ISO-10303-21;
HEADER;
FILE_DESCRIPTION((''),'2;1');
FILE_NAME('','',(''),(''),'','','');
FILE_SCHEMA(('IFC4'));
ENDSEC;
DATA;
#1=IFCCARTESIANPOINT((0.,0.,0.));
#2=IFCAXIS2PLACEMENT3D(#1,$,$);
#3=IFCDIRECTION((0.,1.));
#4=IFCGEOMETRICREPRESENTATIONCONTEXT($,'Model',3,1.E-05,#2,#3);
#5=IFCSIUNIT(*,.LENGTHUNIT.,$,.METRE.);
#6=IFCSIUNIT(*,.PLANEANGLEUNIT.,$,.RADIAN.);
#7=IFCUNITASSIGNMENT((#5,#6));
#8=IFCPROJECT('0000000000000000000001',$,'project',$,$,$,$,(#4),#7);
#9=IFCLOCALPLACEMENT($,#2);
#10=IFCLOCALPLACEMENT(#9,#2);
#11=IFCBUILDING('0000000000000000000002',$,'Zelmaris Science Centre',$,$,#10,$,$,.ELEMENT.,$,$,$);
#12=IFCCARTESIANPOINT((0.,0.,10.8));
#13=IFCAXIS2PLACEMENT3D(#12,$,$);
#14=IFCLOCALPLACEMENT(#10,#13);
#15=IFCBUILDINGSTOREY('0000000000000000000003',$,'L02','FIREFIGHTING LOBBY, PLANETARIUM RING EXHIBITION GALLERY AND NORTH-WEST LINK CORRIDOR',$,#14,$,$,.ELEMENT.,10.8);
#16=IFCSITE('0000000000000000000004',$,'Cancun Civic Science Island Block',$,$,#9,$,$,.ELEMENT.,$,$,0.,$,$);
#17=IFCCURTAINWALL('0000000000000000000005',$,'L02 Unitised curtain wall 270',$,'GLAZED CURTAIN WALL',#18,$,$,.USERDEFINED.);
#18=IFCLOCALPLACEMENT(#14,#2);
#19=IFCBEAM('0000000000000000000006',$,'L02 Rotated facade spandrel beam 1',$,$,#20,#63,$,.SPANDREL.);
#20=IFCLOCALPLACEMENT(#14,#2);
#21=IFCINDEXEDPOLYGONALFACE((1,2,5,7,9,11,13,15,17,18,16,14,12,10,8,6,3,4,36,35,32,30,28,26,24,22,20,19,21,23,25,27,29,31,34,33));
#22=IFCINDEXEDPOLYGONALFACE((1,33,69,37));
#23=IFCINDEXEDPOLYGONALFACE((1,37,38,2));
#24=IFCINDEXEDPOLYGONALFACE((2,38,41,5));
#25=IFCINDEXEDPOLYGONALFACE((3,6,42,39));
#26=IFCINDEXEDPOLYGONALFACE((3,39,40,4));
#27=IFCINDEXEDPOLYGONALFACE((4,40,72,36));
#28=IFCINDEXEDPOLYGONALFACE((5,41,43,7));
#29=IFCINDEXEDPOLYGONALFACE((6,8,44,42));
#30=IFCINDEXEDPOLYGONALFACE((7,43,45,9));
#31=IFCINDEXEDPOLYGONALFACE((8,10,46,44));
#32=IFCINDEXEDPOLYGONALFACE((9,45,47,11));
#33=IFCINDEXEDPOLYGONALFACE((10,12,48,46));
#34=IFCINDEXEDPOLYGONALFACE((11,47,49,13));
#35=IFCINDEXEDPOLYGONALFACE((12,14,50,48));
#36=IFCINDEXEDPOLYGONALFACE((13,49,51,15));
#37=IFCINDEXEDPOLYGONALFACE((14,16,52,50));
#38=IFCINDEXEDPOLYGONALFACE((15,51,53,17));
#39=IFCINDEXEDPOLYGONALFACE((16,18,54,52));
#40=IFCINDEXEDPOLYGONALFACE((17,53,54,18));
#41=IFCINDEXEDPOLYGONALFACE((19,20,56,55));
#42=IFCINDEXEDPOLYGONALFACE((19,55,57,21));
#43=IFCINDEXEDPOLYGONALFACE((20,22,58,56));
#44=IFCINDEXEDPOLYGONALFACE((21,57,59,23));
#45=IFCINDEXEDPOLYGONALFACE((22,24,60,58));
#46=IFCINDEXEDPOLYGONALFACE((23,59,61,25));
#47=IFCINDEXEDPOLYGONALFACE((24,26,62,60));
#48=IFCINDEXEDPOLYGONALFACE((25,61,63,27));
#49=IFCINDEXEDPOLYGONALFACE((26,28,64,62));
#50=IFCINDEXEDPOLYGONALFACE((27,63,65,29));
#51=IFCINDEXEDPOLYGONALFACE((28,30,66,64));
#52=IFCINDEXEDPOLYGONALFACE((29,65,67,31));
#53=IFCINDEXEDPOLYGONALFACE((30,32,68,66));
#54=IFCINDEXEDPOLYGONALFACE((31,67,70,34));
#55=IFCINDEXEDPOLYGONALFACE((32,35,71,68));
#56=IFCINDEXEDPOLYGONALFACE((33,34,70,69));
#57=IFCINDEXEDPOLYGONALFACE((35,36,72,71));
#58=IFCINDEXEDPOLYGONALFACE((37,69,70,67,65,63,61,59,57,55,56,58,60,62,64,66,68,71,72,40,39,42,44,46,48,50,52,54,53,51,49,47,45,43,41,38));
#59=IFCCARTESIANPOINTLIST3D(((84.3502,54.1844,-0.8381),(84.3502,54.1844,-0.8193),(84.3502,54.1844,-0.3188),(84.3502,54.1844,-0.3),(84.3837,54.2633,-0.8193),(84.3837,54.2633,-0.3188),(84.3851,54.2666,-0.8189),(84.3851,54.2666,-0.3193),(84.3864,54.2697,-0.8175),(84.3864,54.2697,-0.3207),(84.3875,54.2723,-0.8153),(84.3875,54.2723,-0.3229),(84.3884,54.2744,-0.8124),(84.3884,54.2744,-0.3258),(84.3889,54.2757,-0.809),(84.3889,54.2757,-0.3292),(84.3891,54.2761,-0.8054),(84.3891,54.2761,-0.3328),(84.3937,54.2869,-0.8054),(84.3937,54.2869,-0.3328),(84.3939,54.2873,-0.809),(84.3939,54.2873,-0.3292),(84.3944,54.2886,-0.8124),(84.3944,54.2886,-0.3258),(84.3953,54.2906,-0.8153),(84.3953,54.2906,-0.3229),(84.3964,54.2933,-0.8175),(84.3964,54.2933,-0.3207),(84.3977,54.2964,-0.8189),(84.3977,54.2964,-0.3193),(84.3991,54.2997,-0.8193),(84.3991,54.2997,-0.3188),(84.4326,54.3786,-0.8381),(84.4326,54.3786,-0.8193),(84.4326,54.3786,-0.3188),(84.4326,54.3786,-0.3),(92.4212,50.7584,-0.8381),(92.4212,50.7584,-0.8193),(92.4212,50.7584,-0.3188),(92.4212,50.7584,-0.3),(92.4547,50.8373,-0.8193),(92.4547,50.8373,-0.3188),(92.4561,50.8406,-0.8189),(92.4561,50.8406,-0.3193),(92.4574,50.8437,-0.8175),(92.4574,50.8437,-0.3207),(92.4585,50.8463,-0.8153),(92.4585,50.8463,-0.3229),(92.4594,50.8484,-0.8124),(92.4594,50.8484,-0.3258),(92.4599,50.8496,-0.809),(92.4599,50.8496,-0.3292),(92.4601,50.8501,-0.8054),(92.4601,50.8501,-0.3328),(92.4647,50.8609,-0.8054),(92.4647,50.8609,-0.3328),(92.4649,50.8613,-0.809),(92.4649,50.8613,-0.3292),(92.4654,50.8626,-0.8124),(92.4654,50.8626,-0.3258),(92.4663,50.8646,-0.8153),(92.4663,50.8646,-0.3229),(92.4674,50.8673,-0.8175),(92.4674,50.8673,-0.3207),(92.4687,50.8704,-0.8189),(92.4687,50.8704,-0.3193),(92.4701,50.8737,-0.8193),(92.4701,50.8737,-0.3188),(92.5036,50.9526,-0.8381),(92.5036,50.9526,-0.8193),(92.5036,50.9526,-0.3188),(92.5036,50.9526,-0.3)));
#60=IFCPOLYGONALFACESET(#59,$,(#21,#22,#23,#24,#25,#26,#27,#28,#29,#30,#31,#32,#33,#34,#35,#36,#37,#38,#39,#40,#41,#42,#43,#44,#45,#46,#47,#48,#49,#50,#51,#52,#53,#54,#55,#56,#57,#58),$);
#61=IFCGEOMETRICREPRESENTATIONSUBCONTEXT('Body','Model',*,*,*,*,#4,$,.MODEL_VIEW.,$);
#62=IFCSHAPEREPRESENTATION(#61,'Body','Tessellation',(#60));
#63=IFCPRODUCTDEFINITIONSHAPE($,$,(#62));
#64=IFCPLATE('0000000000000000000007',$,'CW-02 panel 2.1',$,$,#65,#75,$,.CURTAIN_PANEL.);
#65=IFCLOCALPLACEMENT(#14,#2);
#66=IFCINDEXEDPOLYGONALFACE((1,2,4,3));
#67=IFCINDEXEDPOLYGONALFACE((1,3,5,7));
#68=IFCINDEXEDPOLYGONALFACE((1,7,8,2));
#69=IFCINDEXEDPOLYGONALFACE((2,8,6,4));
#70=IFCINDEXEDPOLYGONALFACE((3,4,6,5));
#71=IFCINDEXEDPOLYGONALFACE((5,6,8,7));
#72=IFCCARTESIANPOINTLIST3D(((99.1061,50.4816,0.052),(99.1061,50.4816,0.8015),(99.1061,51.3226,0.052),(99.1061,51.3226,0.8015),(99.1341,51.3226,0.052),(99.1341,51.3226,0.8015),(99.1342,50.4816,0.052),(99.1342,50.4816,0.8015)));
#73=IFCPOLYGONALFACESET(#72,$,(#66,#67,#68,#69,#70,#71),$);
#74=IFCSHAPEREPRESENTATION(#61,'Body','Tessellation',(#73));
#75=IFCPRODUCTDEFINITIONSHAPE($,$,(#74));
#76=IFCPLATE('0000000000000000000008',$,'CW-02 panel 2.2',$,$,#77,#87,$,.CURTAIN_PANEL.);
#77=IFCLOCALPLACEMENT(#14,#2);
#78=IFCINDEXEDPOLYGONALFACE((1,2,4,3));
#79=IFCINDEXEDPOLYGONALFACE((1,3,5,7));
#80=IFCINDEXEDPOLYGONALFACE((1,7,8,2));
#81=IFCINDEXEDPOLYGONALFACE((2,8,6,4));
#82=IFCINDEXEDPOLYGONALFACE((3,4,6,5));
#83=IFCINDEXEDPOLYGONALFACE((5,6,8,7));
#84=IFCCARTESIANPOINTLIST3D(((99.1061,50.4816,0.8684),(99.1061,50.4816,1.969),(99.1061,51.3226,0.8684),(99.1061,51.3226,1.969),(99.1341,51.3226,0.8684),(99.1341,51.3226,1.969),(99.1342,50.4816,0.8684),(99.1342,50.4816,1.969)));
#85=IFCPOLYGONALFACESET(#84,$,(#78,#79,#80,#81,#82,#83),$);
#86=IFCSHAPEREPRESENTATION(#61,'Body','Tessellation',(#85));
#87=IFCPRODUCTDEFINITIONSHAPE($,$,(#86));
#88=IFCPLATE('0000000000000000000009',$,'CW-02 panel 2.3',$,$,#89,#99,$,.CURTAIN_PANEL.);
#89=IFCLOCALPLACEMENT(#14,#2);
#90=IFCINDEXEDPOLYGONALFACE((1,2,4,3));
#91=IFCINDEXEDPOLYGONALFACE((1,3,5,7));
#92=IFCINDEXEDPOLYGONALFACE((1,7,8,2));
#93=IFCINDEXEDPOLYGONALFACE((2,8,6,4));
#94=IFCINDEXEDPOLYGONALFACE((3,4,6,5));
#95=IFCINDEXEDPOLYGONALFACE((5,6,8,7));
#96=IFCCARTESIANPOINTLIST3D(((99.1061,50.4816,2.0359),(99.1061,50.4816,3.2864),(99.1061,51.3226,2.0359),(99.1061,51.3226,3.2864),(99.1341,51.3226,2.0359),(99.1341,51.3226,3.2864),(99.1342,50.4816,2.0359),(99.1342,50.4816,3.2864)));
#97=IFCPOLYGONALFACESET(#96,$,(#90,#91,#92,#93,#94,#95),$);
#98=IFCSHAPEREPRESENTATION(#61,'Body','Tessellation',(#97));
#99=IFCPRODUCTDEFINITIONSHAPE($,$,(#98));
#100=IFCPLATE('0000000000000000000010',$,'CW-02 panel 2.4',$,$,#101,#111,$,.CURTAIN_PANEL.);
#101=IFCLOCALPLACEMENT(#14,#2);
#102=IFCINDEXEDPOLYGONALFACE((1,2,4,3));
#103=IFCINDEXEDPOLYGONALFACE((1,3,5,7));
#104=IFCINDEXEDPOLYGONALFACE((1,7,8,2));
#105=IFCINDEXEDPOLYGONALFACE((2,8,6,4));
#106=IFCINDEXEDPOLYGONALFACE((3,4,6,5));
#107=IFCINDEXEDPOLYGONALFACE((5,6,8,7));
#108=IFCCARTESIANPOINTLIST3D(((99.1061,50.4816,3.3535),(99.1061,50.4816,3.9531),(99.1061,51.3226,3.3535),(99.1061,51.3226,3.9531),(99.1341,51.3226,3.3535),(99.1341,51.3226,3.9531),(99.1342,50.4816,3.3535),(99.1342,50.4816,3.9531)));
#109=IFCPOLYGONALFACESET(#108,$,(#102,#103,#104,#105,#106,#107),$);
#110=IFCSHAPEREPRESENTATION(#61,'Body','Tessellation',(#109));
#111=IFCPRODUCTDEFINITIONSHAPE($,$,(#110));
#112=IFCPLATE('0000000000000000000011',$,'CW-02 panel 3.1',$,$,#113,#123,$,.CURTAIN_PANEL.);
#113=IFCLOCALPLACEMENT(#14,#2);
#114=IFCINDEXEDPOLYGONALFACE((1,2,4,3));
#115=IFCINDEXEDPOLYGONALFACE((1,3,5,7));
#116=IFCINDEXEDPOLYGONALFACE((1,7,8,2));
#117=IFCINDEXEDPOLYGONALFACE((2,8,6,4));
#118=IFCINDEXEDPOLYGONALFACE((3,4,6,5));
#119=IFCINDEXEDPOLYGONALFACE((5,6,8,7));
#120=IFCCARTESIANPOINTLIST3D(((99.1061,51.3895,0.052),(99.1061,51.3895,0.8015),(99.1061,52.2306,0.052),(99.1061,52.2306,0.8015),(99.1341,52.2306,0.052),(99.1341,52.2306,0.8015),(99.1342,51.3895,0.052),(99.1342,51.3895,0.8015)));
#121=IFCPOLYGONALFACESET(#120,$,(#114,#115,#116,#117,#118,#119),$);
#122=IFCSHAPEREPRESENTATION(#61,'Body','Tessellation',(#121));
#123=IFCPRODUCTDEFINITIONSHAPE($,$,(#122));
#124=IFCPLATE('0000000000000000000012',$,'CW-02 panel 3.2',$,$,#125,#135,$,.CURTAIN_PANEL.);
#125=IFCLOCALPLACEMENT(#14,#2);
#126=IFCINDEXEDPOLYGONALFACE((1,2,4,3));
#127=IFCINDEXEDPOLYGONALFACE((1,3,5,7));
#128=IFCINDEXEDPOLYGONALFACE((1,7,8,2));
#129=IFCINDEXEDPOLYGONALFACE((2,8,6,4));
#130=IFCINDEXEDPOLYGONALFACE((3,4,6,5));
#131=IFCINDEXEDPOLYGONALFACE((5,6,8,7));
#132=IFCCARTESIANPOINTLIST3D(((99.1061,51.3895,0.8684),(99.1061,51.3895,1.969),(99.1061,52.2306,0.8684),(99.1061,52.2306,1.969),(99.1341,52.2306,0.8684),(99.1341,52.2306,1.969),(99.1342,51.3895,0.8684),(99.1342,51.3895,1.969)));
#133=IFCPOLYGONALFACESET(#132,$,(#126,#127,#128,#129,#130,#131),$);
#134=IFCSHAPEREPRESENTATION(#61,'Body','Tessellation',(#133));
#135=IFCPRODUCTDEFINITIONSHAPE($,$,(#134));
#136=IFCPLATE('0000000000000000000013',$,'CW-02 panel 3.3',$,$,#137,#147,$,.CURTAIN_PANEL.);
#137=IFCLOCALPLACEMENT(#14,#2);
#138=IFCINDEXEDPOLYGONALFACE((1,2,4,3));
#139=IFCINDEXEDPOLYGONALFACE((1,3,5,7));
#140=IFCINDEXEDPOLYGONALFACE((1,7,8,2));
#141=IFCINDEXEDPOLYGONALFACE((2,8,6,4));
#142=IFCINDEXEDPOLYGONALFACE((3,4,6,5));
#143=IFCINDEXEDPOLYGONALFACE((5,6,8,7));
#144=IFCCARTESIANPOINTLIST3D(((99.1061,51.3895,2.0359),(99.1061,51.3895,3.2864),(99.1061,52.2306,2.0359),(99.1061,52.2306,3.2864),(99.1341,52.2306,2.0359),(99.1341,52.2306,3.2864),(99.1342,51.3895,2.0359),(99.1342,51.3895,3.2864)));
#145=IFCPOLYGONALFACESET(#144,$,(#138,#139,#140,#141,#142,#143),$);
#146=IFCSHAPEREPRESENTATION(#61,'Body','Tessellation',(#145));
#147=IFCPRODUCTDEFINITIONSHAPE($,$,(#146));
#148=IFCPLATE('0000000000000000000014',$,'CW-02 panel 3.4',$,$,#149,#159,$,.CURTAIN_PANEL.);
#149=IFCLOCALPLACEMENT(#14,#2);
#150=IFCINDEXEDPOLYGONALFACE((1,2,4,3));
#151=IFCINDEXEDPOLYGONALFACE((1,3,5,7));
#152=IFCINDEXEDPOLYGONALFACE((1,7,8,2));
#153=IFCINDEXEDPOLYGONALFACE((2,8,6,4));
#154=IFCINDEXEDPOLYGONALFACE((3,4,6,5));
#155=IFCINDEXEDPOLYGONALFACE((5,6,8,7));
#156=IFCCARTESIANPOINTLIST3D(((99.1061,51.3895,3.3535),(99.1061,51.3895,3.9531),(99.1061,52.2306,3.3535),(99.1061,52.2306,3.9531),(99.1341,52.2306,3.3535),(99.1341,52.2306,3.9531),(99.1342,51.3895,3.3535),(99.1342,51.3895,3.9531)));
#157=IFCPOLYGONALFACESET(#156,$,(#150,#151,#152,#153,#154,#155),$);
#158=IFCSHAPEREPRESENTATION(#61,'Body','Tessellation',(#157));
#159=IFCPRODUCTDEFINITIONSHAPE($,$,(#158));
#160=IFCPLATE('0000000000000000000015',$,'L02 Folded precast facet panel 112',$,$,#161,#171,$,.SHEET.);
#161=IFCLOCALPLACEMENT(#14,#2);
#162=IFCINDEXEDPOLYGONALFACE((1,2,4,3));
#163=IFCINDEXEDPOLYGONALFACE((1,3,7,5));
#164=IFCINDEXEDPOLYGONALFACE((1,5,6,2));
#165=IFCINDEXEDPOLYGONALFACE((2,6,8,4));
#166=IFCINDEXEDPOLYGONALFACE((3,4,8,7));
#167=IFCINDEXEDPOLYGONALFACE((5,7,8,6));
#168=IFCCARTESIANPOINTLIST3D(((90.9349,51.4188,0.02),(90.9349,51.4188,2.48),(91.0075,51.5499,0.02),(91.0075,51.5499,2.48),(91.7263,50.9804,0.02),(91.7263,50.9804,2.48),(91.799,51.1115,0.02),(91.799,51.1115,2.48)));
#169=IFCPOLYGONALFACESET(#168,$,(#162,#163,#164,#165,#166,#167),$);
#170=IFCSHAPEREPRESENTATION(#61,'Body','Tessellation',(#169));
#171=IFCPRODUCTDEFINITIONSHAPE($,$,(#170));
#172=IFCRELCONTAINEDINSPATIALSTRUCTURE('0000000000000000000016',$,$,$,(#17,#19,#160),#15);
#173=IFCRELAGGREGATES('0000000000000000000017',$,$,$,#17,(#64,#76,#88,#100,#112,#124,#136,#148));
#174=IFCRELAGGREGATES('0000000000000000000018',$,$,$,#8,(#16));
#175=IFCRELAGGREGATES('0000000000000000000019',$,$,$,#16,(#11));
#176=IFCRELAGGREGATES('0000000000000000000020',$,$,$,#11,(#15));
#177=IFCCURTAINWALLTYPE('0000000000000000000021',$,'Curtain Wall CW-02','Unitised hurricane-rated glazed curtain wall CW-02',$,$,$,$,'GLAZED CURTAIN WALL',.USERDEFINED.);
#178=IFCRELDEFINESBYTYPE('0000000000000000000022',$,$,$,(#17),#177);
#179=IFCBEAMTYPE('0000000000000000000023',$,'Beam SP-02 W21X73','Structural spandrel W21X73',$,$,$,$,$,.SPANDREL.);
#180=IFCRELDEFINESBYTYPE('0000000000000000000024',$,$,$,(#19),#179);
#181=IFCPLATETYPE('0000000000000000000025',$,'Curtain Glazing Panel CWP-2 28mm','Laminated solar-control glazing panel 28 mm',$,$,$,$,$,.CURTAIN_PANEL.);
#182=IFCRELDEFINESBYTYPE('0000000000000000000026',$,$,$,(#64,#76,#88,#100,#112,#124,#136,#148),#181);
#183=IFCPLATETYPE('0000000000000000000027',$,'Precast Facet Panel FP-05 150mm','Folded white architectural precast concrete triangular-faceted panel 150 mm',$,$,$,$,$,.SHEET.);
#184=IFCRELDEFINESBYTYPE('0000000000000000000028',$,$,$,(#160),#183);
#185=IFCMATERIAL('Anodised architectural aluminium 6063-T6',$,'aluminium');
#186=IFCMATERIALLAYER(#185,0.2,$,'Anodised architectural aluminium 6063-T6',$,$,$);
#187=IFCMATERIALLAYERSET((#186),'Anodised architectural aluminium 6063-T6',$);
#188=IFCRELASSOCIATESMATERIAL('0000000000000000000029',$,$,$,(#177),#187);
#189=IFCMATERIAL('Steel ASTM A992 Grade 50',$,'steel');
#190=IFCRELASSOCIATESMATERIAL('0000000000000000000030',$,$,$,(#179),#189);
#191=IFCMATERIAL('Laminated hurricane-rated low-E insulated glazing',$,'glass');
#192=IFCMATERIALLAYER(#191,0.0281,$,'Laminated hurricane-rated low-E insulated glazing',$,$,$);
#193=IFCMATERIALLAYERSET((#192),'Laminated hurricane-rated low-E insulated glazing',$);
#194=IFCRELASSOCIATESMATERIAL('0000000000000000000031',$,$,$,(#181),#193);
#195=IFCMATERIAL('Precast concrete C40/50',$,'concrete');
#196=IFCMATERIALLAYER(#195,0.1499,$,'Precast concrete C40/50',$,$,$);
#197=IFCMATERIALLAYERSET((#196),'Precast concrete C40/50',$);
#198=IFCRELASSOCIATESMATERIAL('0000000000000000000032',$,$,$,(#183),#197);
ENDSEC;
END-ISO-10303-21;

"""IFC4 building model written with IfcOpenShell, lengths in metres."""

from ifc_helpers import new_model, si_unit, direction, frame, frame_2d, origin, origin_2d, place, context, subcontext, project, spatial, rectangle, i_section, extrude, material, layer, layer_set, material_profile, profile_set, type_object, element, aggregate, save


model = new_model("IFC4")

# Units and contexts
model_context = context("Model", 3, precision=1e-05, world=origin(), true_north=direction((0.0, 1.0)))
body_context = subcontext(model_context, "Body", "Model", "MODEL_VIEW")
ifc_project = project(units=[si_unit("LENGTHUNIT", "METRE"), si_unit("PLANEANGLEUNIT", "RADIAN")], contexts=[model_context])

# Site, building, storey
site_placement = place(None, origin())
site = spatial("IfcSite", under=ifc_project, at=site_placement, Name="Cancun Civic Science Island Block", CompositionType="ELEMENT", RefElevation=0.0)
building_placement = place(site_placement, origin())
building = spatial("IfcBuilding", under=site, at=building_placement, Name="Zelmaris Science Centre", CompositionType="ELEMENT")
storey_placement = place(building_placement, frame((0.0, 0.0, 10.8)))
storey = spatial("IfcBuildingStorey", under=building, at=storey_placement, Name="L02", Description="FIREFIGHTING LOBBY, PLANETARIUM RING EXHIBITION GALLERY AND NORTH-WEST LINK CORRIDOR", CompositionType="ELEMENT", Elevation=10.8)

# Curtain wall
ifc_material_1 = material(Name="Anodised architectural aluminium 6063-T6", Category="aluminium")
ifc_layer_1 = layer(ifc_material_1, 0.2, Name="Anodised architectural aluminium 6063-T6")
ifc_layer_set_1 = layer_set([ifc_layer_1], Name="Anodised architectural aluminium 6063-T6")
curtain_wall_type = type_object("IfcCurtainWallType", Name="Curtain Wall CW-02", Description="Unitised hurricane-rated glazed curtain wall CW-02", ElementType="GLAZED CURTAIN WALL", PredefinedType="USERDEFINED", material=ifc_layer_set_1)
curtain_wall_placement = place(storey_placement, origin())
curtain_wall = element("IfcCurtainWall", 1, at=curtain_wall_placement, inside=storey, type_object=curtain_wall_type, Name="L02 Unitised curtain wall 270", ObjectType="GLAZED CURTAIN WALL", PredefinedType="USERDEFINED")

# Beam
ifc_material_2 = material(Name="Steel ASTM A992 Grade 50", Category="steel")
ifc_material_profile_1 = material_profile(ifc_material_2, i_section(OverallWidth=0.2109, OverallDepth=0.5381, WebThickness=0.0117, FlangeThickness=0.0188, FilletRadius=0.0139, at=origin_2d()), Name="W21X73")
ifc_profile_set_1 = profile_set([ifc_material_profile_1], Name="Steel ASTM A992 Grade 50")
beam_type = type_object("IfcBeamType", Name="Beam SP-02 W21X73", Description="Structural spandrel W21X73", PredefinedType="SPANDREL", material=ifc_profile_set_1)
beam_placement = place(storey_placement, frame((92.4624, 50.8555, -0.5691), z_axis=(-0.920502, 0.390738, 0.0), x_axis=(-0.390738, -0.920502, 0.0)))
element("IfcBeam", 2, at=beam_placement, inside=storey, type_object=beam_type, Name="L02 Rotated facade spandrel beam 1", PredefinedType="SPANDREL", context=body_context, shape_type="SweptSolid", body=[
    extrude(i_section(OverallWidth=0.2109, OverallDepth=0.5381, WebThickness=0.0117, FlangeThickness=0.0188, FilletRadius=0.0139, at=origin_2d()), origin(), (0.0, 0.0, 1.0), 8.7681),
])

# Plates
ifc_material_3 = material(Name="Laminated hurricane-rated low-E insulated glazing", Category="glass")
ifc_layer_2 = layer(ifc_material_3, 0.0281, Name="Laminated hurricane-rated low-E insulated glazing")
ifc_layer_set_2 = layer_set([ifc_layer_2], Name="Laminated hurricane-rated low-E insulated glazing")
plate_type_1 = type_object("IfcPlateType", Name="Curtain Glazing Panel CWP-2 28mm", Description="Laminated solar-control glazing panel 28 mm", PredefinedType="CURTAIN_PANEL", material=ifc_layer_set_2)
plate_1_placement = place(storey_placement, frame((99.1201, 50.9021, 0.052), z_axis=(0.0, 0.0, 1.0), x_axis=(-0.000022, 1.0, 0.0)))
plate_1 = element("IfcPlate", 3, at=plate_1_placement, type_object=plate_type_1, Name="CW-02 panel 2.1", PredefinedType="CURTAIN_PANEL", context=body_context, shape_type="SweptSolid", body=[
    extrude(rectangle(XDim=0.8411, YDim=0.0281, at=origin_2d()), origin(), (0.0, 0.0, 1.0), 0.7495),
])
plate_2_placement = place(storey_placement, frame((99.1201, 50.9021, 0.8684), z_axis=(0.0, 0.0, 1.0), x_axis=(-0.000022, 1.0, 0.0)))
plate_2 = element("IfcPlate", 4, at=plate_2_placement, type_object=plate_type_1, Name="CW-02 panel 2.2", PredefinedType="CURTAIN_PANEL", context=body_context, shape_type="SweptSolid", body=[
    extrude(rectangle(XDim=0.8411, YDim=0.0281, at=origin_2d()), origin(), (0.0, 0.0, 1.0), 1.1006),
])
plate_3_placement = place(storey_placement, frame((99.1201, 50.9021, 2.0359), z_axis=(0.0, 0.0, 1.0), x_axis=(-0.000022, 1.0, 0.0)))
plate_3 = element("IfcPlate", 5, at=plate_3_placement, type_object=plate_type_1, Name="CW-02 panel 2.3", PredefinedType="CURTAIN_PANEL", context=body_context, shape_type="SweptSolid", body=[
    extrude(rectangle(XDim=0.8411, YDim=0.0281, at=origin_2d()), origin(), (0.0, 0.0, 1.0), 1.2505),
])
plate_4_placement = place(storey_placement, frame((99.1201, 50.9021, 3.3535), z_axis=(0.0, 0.0, 1.0), x_axis=(-0.000022, 1.0, 0.0)))
plate_4 = element("IfcPlate", 6, at=plate_4_placement, type_object=plate_type_1, Name="CW-02 panel 2.4", PredefinedType="CURTAIN_PANEL", context=body_context, shape_type="SweptSolid", body=[
    extrude(rectangle(XDim=0.8411, YDim=0.0281, at=origin_2d()), origin(), (0.0, 0.0, 1.0), 0.5996),
])
plate_5_placement = place(storey_placement, frame((99.1201, 51.8101, 0.052), z_axis=(0.0, 0.0, 1.0), x_axis=(-0.000022, 1.0, 0.0)))
plate_5 = element("IfcPlate", 7, at=plate_5_placement, type_object=plate_type_1, Name="CW-02 panel 3.1", PredefinedType="CURTAIN_PANEL", context=body_context, shape_type="SweptSolid", body=[
    extrude(rectangle(XDim=0.8411, YDim=0.0281, at=origin_2d()), origin(), (0.0, 0.0, 1.0), 0.7495),
])
plate_6_placement = place(storey_placement, frame((99.1201, 51.8101, 0.8684), z_axis=(0.0, 0.0, 1.0), x_axis=(-0.000022, 1.0, 0.0)))
plate_6 = element("IfcPlate", 8, at=plate_6_placement, type_object=plate_type_1, Name="CW-02 panel 3.2", PredefinedType="CURTAIN_PANEL", context=body_context, shape_type="SweptSolid", body=[
    extrude(rectangle(XDim=0.8411, YDim=0.0281, at=origin_2d()), origin(), (0.0, 0.0, 1.0), 1.1006),
])
plate_7_placement = place(storey_placement, frame((99.1201, 51.8101, 2.0359), z_axis=(0.0, 0.0, 1.0), x_axis=(-0.000022, 1.0, 0.0)))
plate_7 = element("IfcPlate", 9, at=plate_7_placement, type_object=plate_type_1, Name="CW-02 panel 3.3", PredefinedType="CURTAIN_PANEL", context=body_context, shape_type="SweptSolid", body=[
    extrude(rectangle(XDim=0.8411, YDim=0.0281, at=origin_2d()), origin(), (0.0, 0.0, 1.0), 1.2505),
])
plate_8_placement = place(storey_placement, frame((99.1201, 51.8101, 3.3535), z_axis=(0.0, 0.0, 1.0), x_axis=(-0.000022, 1.0, 0.0)))
plate_8 = element("IfcPlate", 10, at=plate_8_placement, type_object=plate_type_1, Name="CW-02 panel 3.4", PredefinedType="CURTAIN_PANEL", context=body_context, shape_type="SweptSolid", body=[
    extrude(rectangle(XDim=0.8411, YDim=0.0281, at=origin_2d()), origin(), (0.0, 0.0, 1.0), 0.5996),
])
aggregate(curtain_wall, [plate_1, plate_2, plate_3, plate_4, plate_5, plate_6, plate_7, plate_8])
ifc_material_4 = material(Name="Precast concrete C40/50", Category="concrete")
ifc_layer_3 = layer(ifc_material_4, 0.1499, Name="Precast concrete C40/50")
ifc_layer_set_3 = layer_set([ifc_layer_3], Name="Precast concrete C40/50")
plate_type_2 = type_object("IfcPlateType", Name="Precast Facet Panel FP-05 150mm", Description="Folded white architectural precast concrete triangular-faceted panel 150 mm", PredefinedType="SHEET", material=ifc_layer_set_3)
plate_9_placement = place(storey_placement, frame((90.9712, 51.4844, 0.02), z_axis=(0.0, 0.0, 1.0), x_axis=(0.874742, -0.484589, 0.0)))
element("IfcPlate", 11, at=plate_9_placement, inside=storey, type_object=plate_type_2, Name="L02 Folded precast facet panel 112", PredefinedType="SHEET", context=body_context, shape_type="SweptSolid", body=[
    extrude(rectangle(XDim=0.9048, YDim=0.1499, at=frame_2d((0.4524, 0.0))), origin(), (0.0, 0.0, 1.0), 2.46),
])

save(model, "model.ifc")
